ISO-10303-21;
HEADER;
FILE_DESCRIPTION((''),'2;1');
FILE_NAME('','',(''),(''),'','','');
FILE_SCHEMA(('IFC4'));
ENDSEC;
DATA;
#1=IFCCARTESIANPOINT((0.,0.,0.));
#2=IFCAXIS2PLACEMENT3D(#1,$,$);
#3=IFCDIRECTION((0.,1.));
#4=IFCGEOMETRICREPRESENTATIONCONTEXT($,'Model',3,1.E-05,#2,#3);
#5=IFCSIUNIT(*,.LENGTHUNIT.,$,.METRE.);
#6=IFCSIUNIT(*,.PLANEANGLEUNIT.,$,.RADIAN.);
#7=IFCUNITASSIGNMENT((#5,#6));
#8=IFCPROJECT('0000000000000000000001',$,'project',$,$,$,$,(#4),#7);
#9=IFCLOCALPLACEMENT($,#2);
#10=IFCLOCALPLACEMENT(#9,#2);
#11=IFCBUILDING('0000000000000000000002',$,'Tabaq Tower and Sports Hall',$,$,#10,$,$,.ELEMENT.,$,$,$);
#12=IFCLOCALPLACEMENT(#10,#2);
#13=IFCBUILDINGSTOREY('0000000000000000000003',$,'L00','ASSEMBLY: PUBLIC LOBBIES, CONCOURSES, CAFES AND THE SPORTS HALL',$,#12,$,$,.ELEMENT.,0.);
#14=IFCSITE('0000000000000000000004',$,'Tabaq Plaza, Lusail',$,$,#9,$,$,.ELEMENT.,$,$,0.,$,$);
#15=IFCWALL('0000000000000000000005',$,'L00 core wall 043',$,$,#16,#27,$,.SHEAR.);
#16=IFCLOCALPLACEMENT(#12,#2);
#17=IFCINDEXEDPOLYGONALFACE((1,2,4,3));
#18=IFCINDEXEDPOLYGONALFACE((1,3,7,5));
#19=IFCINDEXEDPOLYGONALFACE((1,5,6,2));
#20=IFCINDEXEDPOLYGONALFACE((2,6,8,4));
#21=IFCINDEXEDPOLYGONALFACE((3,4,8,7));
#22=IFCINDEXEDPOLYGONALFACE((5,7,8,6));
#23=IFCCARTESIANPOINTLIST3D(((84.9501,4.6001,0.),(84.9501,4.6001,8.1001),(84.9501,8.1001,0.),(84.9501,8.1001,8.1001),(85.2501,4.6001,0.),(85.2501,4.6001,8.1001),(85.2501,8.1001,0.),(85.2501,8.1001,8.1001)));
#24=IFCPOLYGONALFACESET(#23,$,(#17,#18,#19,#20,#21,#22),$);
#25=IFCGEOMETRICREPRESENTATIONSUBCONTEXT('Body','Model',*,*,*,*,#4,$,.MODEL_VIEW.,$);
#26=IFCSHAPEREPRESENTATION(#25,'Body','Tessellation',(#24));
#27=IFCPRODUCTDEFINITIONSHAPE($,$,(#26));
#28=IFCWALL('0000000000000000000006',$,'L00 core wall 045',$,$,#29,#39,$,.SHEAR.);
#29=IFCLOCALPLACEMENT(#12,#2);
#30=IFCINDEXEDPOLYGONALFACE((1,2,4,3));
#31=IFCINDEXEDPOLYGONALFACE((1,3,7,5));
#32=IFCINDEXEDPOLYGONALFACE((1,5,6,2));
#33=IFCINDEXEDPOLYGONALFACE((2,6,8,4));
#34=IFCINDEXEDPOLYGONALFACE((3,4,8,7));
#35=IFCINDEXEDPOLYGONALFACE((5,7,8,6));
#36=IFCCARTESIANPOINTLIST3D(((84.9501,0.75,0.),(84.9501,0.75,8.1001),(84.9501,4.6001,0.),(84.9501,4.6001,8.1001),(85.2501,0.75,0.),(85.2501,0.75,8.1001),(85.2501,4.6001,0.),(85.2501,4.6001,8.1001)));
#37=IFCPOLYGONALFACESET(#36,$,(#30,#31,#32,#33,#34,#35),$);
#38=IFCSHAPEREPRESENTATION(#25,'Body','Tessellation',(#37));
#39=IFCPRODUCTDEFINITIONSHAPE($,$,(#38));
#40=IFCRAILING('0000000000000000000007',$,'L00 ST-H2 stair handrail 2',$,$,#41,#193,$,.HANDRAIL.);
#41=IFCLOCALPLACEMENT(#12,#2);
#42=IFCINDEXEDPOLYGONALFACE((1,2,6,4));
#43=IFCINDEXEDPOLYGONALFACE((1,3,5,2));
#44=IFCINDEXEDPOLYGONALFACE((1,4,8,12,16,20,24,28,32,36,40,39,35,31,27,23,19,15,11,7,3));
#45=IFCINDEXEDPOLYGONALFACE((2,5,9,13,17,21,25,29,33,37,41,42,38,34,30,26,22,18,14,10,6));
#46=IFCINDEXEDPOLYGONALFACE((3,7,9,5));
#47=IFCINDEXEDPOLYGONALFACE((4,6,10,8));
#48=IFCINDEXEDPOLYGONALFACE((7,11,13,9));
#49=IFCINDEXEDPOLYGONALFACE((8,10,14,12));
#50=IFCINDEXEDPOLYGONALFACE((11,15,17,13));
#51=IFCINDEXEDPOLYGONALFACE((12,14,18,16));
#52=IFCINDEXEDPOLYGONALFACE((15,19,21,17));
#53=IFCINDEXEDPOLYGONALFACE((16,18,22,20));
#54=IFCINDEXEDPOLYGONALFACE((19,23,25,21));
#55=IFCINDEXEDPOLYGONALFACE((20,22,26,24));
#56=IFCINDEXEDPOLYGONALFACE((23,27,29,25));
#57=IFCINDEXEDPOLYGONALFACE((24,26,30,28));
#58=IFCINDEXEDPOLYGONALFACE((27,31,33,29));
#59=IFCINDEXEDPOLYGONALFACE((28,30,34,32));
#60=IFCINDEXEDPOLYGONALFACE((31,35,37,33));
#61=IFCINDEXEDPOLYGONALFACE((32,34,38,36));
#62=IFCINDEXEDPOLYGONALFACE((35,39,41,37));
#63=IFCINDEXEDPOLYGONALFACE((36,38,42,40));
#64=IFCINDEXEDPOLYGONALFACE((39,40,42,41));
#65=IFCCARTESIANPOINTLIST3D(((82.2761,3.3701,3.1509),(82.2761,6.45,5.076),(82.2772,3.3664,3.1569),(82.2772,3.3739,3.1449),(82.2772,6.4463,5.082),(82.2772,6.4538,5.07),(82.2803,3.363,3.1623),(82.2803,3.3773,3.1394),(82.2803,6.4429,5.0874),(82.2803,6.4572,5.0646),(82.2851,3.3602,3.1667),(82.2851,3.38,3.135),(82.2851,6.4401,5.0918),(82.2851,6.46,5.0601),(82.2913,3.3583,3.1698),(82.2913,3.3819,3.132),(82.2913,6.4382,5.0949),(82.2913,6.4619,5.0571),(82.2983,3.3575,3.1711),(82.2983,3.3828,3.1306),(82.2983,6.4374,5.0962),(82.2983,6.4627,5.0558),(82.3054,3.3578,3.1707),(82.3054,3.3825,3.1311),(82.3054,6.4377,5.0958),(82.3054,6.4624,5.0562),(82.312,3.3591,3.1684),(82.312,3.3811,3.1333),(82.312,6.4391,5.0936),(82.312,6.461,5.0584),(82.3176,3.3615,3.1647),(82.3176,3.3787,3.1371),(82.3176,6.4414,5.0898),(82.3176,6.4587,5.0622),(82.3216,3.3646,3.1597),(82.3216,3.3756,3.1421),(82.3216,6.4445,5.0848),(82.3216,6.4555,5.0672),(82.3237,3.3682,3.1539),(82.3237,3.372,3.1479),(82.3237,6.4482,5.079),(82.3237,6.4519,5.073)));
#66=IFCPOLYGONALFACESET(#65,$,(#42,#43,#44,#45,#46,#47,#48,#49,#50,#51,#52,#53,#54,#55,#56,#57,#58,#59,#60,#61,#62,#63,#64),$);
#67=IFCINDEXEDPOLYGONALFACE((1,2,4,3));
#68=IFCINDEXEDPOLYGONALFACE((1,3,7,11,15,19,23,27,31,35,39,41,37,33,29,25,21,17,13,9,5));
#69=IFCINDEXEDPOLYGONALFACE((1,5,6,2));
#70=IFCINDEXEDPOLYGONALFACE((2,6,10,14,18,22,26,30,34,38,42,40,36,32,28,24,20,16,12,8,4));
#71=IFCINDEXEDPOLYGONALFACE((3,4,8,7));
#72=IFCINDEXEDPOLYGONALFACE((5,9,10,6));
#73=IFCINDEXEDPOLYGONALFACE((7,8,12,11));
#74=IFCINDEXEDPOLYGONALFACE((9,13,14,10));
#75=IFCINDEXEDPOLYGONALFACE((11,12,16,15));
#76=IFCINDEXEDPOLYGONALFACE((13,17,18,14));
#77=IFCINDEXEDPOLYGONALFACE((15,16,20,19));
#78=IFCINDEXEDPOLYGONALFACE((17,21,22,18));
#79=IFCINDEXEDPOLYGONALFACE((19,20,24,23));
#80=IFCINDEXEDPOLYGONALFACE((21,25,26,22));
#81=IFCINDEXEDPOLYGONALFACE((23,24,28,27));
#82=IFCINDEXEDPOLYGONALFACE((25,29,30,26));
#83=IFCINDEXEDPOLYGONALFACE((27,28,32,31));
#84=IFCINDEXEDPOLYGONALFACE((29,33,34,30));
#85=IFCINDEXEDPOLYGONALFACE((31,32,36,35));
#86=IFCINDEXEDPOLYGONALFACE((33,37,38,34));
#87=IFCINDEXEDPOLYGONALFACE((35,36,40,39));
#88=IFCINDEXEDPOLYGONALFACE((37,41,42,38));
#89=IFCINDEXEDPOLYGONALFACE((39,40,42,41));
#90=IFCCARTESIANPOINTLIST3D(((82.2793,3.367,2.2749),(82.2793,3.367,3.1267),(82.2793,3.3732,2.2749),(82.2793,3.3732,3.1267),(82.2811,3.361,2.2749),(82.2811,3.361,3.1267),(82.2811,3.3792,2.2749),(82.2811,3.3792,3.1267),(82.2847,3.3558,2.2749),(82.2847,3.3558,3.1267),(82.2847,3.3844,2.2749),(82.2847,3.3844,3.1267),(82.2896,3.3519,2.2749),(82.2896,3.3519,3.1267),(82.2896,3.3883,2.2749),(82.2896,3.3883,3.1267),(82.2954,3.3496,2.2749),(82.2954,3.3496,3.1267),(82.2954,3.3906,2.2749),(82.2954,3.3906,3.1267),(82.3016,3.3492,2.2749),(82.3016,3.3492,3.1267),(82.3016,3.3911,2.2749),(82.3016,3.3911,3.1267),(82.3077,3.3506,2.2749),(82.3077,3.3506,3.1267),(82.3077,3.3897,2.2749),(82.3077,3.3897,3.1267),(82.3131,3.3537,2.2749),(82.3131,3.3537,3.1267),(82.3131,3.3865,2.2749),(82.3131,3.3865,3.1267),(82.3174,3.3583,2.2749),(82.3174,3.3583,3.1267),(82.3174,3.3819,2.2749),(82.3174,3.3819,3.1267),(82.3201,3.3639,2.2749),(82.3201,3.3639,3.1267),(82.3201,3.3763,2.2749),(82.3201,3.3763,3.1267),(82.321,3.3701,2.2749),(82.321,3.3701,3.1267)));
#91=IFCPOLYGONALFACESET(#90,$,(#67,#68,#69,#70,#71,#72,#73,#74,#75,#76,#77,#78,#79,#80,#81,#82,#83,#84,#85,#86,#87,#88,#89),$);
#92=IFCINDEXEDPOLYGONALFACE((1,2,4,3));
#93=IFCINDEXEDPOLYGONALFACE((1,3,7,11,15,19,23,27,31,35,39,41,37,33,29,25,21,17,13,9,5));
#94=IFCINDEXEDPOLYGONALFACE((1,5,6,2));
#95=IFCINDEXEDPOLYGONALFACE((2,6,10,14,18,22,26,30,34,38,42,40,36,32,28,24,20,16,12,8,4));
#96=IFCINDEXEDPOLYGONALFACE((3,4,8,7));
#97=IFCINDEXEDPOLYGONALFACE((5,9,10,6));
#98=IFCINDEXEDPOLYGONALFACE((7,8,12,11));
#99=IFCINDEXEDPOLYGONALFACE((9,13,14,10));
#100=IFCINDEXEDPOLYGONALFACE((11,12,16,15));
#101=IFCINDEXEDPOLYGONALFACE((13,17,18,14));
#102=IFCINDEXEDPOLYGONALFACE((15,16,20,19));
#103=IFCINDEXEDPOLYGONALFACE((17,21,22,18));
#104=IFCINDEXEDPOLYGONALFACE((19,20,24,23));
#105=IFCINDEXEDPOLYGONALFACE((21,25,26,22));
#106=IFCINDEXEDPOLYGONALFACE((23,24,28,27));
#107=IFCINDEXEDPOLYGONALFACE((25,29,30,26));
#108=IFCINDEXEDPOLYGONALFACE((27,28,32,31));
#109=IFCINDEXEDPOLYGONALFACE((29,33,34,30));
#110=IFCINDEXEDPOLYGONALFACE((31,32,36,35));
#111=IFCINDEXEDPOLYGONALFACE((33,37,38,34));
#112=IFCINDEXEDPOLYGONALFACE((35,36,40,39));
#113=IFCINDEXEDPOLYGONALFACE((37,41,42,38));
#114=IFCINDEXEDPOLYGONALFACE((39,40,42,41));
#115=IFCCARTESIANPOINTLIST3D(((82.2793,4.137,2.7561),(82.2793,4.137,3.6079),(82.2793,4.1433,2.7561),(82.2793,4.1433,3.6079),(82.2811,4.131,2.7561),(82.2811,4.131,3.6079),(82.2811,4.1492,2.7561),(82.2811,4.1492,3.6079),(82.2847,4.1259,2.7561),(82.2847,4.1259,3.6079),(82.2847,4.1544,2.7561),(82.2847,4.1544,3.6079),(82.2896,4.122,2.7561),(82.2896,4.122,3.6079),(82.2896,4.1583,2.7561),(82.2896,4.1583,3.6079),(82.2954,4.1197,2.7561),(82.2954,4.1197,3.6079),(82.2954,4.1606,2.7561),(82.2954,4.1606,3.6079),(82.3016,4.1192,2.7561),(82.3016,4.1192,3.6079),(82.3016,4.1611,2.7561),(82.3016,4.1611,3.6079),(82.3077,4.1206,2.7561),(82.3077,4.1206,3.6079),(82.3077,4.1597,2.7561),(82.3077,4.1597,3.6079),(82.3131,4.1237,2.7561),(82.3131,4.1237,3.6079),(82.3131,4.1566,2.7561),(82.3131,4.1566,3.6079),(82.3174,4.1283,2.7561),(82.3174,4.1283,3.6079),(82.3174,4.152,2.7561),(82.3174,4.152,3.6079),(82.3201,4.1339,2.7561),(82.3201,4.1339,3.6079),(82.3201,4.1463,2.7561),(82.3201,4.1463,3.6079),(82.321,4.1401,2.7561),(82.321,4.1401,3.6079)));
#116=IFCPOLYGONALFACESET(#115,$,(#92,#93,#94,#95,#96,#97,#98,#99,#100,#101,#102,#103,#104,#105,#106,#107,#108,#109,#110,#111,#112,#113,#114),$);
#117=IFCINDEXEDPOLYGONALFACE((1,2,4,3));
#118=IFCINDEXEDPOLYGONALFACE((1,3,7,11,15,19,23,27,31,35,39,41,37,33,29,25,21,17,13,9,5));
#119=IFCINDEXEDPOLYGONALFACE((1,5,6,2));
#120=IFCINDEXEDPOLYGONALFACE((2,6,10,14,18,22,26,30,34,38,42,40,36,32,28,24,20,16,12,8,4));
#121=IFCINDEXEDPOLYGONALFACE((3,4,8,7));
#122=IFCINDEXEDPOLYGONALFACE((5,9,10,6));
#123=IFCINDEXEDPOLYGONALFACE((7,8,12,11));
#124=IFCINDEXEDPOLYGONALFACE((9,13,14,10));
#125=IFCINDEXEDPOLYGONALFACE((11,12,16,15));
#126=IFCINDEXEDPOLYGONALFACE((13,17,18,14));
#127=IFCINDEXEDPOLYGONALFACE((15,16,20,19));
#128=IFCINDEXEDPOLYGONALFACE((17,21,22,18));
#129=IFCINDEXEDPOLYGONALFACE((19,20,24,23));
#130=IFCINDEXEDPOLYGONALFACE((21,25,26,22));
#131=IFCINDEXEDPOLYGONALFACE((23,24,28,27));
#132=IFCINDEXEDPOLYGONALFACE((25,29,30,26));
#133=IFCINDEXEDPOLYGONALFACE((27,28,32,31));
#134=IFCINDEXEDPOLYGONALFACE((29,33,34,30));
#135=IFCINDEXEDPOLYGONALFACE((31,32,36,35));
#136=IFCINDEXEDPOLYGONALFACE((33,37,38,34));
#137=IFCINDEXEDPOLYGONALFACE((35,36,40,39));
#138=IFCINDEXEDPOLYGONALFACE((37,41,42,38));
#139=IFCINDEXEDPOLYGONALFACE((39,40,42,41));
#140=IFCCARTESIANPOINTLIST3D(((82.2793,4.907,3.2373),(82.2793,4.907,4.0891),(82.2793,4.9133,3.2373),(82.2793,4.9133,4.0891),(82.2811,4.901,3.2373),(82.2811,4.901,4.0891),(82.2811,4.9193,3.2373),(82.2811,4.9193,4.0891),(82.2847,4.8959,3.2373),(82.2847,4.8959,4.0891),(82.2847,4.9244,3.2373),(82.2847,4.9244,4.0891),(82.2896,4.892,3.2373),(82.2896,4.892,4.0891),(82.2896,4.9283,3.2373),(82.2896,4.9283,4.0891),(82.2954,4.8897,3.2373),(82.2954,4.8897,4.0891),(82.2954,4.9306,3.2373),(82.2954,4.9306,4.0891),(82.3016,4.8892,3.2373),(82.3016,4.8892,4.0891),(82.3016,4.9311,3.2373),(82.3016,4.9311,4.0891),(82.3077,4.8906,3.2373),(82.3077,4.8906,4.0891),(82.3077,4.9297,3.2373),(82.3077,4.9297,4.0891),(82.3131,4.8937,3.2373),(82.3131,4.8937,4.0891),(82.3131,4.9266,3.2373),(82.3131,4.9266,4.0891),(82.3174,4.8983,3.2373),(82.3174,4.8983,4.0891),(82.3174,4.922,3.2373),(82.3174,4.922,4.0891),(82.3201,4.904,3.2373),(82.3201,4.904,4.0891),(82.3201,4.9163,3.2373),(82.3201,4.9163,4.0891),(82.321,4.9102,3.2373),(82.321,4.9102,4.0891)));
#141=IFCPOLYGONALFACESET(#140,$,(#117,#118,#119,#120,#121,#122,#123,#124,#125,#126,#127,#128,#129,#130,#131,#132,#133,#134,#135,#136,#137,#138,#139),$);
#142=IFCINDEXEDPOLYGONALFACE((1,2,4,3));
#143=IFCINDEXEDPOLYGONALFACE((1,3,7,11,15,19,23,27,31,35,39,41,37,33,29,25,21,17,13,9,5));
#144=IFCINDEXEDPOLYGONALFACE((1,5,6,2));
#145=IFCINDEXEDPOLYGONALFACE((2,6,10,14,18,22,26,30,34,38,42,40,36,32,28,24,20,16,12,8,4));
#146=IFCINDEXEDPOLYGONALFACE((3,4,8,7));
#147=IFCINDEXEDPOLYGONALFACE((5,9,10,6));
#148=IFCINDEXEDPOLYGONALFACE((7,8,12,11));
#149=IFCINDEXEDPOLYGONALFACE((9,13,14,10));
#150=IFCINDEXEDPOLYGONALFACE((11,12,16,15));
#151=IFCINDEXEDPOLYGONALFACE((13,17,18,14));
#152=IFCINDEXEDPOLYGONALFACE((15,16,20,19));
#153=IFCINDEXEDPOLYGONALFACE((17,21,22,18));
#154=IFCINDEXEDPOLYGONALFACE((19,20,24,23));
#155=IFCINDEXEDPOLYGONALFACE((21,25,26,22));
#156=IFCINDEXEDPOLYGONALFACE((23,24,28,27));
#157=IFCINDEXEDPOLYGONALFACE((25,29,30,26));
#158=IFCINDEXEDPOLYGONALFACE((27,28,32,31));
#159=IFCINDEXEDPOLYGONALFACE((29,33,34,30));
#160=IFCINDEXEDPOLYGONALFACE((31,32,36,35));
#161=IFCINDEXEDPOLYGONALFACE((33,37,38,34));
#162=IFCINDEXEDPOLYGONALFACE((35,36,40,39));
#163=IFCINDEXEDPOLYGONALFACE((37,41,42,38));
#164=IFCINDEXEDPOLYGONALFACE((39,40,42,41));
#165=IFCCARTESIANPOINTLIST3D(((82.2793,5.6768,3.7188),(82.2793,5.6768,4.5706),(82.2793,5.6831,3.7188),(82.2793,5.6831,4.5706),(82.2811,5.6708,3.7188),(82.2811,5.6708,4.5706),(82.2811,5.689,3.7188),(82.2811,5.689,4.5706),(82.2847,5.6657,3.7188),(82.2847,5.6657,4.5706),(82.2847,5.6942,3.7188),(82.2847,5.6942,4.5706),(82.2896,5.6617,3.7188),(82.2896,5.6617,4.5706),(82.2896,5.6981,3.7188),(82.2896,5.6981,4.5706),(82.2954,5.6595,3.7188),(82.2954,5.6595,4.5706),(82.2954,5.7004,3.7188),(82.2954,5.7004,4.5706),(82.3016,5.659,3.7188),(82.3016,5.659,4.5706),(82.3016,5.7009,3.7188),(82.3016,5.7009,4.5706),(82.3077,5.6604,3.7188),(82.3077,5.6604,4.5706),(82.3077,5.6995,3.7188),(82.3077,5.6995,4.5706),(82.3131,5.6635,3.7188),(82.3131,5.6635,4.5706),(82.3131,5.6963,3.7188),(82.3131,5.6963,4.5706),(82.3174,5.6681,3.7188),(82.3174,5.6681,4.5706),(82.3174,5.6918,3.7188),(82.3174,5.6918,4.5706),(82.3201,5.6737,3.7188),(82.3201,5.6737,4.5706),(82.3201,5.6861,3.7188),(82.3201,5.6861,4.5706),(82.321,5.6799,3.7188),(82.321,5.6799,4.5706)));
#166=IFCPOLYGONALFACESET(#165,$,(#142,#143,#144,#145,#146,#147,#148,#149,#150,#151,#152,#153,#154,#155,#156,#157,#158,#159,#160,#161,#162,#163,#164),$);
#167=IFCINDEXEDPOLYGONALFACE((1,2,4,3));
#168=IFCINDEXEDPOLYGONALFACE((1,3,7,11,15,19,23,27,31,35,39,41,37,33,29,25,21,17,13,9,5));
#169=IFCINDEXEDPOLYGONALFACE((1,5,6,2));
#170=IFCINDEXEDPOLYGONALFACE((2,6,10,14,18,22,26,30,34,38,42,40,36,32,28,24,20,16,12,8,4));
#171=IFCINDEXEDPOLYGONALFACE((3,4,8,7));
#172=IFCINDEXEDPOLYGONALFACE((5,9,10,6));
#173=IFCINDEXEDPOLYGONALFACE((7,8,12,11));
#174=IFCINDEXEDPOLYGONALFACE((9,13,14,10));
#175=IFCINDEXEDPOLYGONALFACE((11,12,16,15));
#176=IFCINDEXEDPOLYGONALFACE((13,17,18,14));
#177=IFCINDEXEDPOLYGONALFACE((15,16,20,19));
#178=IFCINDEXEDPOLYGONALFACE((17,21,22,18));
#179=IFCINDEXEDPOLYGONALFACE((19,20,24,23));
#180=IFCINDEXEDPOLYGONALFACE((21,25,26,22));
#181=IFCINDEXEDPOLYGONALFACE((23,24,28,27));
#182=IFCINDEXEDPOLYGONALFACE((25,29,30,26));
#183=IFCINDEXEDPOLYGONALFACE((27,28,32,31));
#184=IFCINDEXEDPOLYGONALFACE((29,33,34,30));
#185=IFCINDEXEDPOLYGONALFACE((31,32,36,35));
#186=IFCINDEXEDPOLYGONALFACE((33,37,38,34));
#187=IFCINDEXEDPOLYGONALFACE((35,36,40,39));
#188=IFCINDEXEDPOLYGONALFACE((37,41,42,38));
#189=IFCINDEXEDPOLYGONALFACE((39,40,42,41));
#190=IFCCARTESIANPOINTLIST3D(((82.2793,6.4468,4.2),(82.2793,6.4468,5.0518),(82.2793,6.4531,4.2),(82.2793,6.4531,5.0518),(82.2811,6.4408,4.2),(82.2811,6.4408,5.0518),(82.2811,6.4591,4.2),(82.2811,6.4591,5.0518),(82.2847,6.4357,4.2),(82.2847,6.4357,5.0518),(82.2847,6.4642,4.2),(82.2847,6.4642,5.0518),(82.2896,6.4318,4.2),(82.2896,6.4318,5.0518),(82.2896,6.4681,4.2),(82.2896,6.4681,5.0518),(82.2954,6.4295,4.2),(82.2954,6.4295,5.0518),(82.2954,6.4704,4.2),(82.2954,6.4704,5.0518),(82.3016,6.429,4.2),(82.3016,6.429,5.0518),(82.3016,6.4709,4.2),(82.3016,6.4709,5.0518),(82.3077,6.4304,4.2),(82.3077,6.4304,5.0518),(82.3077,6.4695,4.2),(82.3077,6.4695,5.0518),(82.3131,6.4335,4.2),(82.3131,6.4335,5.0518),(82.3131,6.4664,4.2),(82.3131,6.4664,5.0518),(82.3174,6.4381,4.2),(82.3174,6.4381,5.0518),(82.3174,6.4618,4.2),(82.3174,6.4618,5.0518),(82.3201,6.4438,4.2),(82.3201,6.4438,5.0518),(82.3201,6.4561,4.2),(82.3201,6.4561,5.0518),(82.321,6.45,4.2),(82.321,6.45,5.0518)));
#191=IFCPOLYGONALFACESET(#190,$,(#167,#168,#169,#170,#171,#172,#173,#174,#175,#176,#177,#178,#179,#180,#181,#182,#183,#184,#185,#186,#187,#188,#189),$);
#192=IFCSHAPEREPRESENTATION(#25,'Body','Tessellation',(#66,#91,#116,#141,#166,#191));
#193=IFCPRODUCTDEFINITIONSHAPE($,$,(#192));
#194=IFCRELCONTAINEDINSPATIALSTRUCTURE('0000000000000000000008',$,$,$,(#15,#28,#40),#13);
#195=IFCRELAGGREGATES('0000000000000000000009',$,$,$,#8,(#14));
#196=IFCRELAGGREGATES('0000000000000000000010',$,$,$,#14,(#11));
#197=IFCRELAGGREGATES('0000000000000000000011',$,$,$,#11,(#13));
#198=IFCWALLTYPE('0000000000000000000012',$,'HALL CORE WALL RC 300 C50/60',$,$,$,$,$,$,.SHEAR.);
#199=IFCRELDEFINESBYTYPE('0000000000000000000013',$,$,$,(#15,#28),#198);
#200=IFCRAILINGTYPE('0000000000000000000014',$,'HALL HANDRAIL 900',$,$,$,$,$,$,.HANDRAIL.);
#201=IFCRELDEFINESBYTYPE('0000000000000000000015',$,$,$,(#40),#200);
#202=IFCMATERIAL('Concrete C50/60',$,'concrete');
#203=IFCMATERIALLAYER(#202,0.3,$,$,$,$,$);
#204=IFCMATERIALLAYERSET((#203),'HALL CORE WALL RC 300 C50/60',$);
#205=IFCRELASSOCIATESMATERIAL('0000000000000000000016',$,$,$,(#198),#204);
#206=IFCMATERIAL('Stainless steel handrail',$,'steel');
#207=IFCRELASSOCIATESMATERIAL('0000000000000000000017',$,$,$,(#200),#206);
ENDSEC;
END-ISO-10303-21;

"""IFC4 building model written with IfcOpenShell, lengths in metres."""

from ifc_helpers import new_model, si_unit, direction, frame, frame_2d, origin, origin_2d, place, context, subcontext, project, spatial, rectangle, circle, extrude, material, layer, layer_set, type_object, element, save


model = new_model("IFC4")

# Units and contexts
model_context = context("Model", 3, precision=1e-05, world=origin(), true_north=direction((0.0, 1.0)))
body_context = subcontext(model_context, "Body", "Model", "MODEL_VIEW")
ifc_project = project(units=[si_unit("LENGTHUNIT", "METRE"), si_unit("PLANEANGLEUNIT", "RADIAN")], contexts=[model_context])

# Site, building, storey
site_placement = place(None, origin())
site = spatial("IfcSite", under=ifc_project, at=site_placement, Name="Tabaq Plaza, Lusail", CompositionType="ELEMENT", RefElevation=0.0)
building_placement = place(site_placement, origin())
building = spatial("IfcBuilding", under=site, at=building_placement, Name="Tabaq Tower and Sports Hall", CompositionType="ELEMENT")
storey_placement = place(building_placement, origin())
storey = spatial("IfcBuildingStorey", under=building, at=storey_placement, Name="L00", Description="ASSEMBLY: PUBLIC LOBBIES, CONCOURSES, CAFES AND THE SPORTS HALL", CompositionType="ELEMENT", Elevation=0.0)

# Walls
ifc_material_1 = material(Name="Concrete C50/60", Category="concrete")
ifc_layer_1 = layer(ifc_material_1, 0.3)
ifc_layer_set_1 = layer_set([ifc_layer_1], Name="HALL CORE WALL RC 300 C50/60")
wall_type = type_object("IfcWallType", Name="HALL CORE WALL RC 300 C50/60", PredefinedType="SHEAR", material=ifc_layer_set_1)
wall_1_placement = place(storey_placement, frame((85.1001, 4.6001, 0.0), z_axis=(0.0, 0.0, 1.0), x_axis=(0.0, 1.0, 0.0)))
element("IfcWall", 1, at=wall_1_placement, inside=storey, type_object=wall_type, Name="L00 core wall 043", PredefinedType="SHEAR", context=body_context, shape_type="SweptSolid", body=[
    extrude(rectangle(XDim=3.5, YDim=0.3, at=frame_2d((1.75, 0.0))), origin(), (0.0, 0.0, 1.0), 8.1001),
])
wall_2_placement = place(storey_placement, frame((85.1001, 0.75, 0.0), z_axis=(0.0, 0.0, 1.0), x_axis=(0.0, 1.0, 0.0)))
element("IfcWall", 2, at=wall_2_placement, inside=storey, type_object=wall_type, Name="L00 core wall 045", PredefinedType="SHEAR", context=body_context, shape_type="SweptSolid", body=[
    extrude(rectangle(XDim=3.8501, YDim=0.3, at=frame_2d((1.925, 0.0))), origin(), (0.0, 0.0, 1.0), 8.1001),
])

# Railing
ifc_material_2 = material(Name="Stainless steel handrail", Category="steel")
railing_type = type_object("IfcRailingType", Name="HALL HANDRAIL 900", PredefinedType="HANDRAIL", material=ifc_material_2)
railing_1_placement = place(storey_placement, frame((82.3, 3.3701, 2.2749)))
element("IfcRailing", 3, at=railing_1_placement, inside=storey, type_object=railing_type, Name="L00 ST-H2 stair handrail 2", PredefinedType="HANDRAIL", context=body_context, shape_type="SweptSolid", body=[
    extrude(circle(Radius=0.0239, at=origin_2d()), frame((0.0, 0.0, 0.876), z_axis=(0.0, 0.847979, 0.530029), x_axis=(-1.0, 0.0, 0.0)), (0.0, 0.0, 1.0), 3.6321),
    extrude(circle(Radius=0.021, at=origin_2d()), origin(), (0.0, 0.0, 1.0), 0.8518),
    extrude(circle(Radius=0.021, at=origin_2d()), frame((0.0, 0.77, 0.4812)), (0.0, 0.0, 1.0), 0.8518),
    extrude(circle(Radius=0.021, at=origin_2d()), frame((0.0, 1.54, 0.9624)), (0.0, 0.0, 1.0), 0.8518),
    extrude(circle(Radius=0.021, at=origin_2d()), frame((0.0, 2.3098, 1.4438)), (0.0, 0.0, 1.0), 0.8518),
    extrude(circle(Radius=0.021, at=origin_2d()), frame((0.0, 3.0798, 1.925)), (0.0, 0.0, 1.0), 0.8518),
])

save(model, "model.ifc")
